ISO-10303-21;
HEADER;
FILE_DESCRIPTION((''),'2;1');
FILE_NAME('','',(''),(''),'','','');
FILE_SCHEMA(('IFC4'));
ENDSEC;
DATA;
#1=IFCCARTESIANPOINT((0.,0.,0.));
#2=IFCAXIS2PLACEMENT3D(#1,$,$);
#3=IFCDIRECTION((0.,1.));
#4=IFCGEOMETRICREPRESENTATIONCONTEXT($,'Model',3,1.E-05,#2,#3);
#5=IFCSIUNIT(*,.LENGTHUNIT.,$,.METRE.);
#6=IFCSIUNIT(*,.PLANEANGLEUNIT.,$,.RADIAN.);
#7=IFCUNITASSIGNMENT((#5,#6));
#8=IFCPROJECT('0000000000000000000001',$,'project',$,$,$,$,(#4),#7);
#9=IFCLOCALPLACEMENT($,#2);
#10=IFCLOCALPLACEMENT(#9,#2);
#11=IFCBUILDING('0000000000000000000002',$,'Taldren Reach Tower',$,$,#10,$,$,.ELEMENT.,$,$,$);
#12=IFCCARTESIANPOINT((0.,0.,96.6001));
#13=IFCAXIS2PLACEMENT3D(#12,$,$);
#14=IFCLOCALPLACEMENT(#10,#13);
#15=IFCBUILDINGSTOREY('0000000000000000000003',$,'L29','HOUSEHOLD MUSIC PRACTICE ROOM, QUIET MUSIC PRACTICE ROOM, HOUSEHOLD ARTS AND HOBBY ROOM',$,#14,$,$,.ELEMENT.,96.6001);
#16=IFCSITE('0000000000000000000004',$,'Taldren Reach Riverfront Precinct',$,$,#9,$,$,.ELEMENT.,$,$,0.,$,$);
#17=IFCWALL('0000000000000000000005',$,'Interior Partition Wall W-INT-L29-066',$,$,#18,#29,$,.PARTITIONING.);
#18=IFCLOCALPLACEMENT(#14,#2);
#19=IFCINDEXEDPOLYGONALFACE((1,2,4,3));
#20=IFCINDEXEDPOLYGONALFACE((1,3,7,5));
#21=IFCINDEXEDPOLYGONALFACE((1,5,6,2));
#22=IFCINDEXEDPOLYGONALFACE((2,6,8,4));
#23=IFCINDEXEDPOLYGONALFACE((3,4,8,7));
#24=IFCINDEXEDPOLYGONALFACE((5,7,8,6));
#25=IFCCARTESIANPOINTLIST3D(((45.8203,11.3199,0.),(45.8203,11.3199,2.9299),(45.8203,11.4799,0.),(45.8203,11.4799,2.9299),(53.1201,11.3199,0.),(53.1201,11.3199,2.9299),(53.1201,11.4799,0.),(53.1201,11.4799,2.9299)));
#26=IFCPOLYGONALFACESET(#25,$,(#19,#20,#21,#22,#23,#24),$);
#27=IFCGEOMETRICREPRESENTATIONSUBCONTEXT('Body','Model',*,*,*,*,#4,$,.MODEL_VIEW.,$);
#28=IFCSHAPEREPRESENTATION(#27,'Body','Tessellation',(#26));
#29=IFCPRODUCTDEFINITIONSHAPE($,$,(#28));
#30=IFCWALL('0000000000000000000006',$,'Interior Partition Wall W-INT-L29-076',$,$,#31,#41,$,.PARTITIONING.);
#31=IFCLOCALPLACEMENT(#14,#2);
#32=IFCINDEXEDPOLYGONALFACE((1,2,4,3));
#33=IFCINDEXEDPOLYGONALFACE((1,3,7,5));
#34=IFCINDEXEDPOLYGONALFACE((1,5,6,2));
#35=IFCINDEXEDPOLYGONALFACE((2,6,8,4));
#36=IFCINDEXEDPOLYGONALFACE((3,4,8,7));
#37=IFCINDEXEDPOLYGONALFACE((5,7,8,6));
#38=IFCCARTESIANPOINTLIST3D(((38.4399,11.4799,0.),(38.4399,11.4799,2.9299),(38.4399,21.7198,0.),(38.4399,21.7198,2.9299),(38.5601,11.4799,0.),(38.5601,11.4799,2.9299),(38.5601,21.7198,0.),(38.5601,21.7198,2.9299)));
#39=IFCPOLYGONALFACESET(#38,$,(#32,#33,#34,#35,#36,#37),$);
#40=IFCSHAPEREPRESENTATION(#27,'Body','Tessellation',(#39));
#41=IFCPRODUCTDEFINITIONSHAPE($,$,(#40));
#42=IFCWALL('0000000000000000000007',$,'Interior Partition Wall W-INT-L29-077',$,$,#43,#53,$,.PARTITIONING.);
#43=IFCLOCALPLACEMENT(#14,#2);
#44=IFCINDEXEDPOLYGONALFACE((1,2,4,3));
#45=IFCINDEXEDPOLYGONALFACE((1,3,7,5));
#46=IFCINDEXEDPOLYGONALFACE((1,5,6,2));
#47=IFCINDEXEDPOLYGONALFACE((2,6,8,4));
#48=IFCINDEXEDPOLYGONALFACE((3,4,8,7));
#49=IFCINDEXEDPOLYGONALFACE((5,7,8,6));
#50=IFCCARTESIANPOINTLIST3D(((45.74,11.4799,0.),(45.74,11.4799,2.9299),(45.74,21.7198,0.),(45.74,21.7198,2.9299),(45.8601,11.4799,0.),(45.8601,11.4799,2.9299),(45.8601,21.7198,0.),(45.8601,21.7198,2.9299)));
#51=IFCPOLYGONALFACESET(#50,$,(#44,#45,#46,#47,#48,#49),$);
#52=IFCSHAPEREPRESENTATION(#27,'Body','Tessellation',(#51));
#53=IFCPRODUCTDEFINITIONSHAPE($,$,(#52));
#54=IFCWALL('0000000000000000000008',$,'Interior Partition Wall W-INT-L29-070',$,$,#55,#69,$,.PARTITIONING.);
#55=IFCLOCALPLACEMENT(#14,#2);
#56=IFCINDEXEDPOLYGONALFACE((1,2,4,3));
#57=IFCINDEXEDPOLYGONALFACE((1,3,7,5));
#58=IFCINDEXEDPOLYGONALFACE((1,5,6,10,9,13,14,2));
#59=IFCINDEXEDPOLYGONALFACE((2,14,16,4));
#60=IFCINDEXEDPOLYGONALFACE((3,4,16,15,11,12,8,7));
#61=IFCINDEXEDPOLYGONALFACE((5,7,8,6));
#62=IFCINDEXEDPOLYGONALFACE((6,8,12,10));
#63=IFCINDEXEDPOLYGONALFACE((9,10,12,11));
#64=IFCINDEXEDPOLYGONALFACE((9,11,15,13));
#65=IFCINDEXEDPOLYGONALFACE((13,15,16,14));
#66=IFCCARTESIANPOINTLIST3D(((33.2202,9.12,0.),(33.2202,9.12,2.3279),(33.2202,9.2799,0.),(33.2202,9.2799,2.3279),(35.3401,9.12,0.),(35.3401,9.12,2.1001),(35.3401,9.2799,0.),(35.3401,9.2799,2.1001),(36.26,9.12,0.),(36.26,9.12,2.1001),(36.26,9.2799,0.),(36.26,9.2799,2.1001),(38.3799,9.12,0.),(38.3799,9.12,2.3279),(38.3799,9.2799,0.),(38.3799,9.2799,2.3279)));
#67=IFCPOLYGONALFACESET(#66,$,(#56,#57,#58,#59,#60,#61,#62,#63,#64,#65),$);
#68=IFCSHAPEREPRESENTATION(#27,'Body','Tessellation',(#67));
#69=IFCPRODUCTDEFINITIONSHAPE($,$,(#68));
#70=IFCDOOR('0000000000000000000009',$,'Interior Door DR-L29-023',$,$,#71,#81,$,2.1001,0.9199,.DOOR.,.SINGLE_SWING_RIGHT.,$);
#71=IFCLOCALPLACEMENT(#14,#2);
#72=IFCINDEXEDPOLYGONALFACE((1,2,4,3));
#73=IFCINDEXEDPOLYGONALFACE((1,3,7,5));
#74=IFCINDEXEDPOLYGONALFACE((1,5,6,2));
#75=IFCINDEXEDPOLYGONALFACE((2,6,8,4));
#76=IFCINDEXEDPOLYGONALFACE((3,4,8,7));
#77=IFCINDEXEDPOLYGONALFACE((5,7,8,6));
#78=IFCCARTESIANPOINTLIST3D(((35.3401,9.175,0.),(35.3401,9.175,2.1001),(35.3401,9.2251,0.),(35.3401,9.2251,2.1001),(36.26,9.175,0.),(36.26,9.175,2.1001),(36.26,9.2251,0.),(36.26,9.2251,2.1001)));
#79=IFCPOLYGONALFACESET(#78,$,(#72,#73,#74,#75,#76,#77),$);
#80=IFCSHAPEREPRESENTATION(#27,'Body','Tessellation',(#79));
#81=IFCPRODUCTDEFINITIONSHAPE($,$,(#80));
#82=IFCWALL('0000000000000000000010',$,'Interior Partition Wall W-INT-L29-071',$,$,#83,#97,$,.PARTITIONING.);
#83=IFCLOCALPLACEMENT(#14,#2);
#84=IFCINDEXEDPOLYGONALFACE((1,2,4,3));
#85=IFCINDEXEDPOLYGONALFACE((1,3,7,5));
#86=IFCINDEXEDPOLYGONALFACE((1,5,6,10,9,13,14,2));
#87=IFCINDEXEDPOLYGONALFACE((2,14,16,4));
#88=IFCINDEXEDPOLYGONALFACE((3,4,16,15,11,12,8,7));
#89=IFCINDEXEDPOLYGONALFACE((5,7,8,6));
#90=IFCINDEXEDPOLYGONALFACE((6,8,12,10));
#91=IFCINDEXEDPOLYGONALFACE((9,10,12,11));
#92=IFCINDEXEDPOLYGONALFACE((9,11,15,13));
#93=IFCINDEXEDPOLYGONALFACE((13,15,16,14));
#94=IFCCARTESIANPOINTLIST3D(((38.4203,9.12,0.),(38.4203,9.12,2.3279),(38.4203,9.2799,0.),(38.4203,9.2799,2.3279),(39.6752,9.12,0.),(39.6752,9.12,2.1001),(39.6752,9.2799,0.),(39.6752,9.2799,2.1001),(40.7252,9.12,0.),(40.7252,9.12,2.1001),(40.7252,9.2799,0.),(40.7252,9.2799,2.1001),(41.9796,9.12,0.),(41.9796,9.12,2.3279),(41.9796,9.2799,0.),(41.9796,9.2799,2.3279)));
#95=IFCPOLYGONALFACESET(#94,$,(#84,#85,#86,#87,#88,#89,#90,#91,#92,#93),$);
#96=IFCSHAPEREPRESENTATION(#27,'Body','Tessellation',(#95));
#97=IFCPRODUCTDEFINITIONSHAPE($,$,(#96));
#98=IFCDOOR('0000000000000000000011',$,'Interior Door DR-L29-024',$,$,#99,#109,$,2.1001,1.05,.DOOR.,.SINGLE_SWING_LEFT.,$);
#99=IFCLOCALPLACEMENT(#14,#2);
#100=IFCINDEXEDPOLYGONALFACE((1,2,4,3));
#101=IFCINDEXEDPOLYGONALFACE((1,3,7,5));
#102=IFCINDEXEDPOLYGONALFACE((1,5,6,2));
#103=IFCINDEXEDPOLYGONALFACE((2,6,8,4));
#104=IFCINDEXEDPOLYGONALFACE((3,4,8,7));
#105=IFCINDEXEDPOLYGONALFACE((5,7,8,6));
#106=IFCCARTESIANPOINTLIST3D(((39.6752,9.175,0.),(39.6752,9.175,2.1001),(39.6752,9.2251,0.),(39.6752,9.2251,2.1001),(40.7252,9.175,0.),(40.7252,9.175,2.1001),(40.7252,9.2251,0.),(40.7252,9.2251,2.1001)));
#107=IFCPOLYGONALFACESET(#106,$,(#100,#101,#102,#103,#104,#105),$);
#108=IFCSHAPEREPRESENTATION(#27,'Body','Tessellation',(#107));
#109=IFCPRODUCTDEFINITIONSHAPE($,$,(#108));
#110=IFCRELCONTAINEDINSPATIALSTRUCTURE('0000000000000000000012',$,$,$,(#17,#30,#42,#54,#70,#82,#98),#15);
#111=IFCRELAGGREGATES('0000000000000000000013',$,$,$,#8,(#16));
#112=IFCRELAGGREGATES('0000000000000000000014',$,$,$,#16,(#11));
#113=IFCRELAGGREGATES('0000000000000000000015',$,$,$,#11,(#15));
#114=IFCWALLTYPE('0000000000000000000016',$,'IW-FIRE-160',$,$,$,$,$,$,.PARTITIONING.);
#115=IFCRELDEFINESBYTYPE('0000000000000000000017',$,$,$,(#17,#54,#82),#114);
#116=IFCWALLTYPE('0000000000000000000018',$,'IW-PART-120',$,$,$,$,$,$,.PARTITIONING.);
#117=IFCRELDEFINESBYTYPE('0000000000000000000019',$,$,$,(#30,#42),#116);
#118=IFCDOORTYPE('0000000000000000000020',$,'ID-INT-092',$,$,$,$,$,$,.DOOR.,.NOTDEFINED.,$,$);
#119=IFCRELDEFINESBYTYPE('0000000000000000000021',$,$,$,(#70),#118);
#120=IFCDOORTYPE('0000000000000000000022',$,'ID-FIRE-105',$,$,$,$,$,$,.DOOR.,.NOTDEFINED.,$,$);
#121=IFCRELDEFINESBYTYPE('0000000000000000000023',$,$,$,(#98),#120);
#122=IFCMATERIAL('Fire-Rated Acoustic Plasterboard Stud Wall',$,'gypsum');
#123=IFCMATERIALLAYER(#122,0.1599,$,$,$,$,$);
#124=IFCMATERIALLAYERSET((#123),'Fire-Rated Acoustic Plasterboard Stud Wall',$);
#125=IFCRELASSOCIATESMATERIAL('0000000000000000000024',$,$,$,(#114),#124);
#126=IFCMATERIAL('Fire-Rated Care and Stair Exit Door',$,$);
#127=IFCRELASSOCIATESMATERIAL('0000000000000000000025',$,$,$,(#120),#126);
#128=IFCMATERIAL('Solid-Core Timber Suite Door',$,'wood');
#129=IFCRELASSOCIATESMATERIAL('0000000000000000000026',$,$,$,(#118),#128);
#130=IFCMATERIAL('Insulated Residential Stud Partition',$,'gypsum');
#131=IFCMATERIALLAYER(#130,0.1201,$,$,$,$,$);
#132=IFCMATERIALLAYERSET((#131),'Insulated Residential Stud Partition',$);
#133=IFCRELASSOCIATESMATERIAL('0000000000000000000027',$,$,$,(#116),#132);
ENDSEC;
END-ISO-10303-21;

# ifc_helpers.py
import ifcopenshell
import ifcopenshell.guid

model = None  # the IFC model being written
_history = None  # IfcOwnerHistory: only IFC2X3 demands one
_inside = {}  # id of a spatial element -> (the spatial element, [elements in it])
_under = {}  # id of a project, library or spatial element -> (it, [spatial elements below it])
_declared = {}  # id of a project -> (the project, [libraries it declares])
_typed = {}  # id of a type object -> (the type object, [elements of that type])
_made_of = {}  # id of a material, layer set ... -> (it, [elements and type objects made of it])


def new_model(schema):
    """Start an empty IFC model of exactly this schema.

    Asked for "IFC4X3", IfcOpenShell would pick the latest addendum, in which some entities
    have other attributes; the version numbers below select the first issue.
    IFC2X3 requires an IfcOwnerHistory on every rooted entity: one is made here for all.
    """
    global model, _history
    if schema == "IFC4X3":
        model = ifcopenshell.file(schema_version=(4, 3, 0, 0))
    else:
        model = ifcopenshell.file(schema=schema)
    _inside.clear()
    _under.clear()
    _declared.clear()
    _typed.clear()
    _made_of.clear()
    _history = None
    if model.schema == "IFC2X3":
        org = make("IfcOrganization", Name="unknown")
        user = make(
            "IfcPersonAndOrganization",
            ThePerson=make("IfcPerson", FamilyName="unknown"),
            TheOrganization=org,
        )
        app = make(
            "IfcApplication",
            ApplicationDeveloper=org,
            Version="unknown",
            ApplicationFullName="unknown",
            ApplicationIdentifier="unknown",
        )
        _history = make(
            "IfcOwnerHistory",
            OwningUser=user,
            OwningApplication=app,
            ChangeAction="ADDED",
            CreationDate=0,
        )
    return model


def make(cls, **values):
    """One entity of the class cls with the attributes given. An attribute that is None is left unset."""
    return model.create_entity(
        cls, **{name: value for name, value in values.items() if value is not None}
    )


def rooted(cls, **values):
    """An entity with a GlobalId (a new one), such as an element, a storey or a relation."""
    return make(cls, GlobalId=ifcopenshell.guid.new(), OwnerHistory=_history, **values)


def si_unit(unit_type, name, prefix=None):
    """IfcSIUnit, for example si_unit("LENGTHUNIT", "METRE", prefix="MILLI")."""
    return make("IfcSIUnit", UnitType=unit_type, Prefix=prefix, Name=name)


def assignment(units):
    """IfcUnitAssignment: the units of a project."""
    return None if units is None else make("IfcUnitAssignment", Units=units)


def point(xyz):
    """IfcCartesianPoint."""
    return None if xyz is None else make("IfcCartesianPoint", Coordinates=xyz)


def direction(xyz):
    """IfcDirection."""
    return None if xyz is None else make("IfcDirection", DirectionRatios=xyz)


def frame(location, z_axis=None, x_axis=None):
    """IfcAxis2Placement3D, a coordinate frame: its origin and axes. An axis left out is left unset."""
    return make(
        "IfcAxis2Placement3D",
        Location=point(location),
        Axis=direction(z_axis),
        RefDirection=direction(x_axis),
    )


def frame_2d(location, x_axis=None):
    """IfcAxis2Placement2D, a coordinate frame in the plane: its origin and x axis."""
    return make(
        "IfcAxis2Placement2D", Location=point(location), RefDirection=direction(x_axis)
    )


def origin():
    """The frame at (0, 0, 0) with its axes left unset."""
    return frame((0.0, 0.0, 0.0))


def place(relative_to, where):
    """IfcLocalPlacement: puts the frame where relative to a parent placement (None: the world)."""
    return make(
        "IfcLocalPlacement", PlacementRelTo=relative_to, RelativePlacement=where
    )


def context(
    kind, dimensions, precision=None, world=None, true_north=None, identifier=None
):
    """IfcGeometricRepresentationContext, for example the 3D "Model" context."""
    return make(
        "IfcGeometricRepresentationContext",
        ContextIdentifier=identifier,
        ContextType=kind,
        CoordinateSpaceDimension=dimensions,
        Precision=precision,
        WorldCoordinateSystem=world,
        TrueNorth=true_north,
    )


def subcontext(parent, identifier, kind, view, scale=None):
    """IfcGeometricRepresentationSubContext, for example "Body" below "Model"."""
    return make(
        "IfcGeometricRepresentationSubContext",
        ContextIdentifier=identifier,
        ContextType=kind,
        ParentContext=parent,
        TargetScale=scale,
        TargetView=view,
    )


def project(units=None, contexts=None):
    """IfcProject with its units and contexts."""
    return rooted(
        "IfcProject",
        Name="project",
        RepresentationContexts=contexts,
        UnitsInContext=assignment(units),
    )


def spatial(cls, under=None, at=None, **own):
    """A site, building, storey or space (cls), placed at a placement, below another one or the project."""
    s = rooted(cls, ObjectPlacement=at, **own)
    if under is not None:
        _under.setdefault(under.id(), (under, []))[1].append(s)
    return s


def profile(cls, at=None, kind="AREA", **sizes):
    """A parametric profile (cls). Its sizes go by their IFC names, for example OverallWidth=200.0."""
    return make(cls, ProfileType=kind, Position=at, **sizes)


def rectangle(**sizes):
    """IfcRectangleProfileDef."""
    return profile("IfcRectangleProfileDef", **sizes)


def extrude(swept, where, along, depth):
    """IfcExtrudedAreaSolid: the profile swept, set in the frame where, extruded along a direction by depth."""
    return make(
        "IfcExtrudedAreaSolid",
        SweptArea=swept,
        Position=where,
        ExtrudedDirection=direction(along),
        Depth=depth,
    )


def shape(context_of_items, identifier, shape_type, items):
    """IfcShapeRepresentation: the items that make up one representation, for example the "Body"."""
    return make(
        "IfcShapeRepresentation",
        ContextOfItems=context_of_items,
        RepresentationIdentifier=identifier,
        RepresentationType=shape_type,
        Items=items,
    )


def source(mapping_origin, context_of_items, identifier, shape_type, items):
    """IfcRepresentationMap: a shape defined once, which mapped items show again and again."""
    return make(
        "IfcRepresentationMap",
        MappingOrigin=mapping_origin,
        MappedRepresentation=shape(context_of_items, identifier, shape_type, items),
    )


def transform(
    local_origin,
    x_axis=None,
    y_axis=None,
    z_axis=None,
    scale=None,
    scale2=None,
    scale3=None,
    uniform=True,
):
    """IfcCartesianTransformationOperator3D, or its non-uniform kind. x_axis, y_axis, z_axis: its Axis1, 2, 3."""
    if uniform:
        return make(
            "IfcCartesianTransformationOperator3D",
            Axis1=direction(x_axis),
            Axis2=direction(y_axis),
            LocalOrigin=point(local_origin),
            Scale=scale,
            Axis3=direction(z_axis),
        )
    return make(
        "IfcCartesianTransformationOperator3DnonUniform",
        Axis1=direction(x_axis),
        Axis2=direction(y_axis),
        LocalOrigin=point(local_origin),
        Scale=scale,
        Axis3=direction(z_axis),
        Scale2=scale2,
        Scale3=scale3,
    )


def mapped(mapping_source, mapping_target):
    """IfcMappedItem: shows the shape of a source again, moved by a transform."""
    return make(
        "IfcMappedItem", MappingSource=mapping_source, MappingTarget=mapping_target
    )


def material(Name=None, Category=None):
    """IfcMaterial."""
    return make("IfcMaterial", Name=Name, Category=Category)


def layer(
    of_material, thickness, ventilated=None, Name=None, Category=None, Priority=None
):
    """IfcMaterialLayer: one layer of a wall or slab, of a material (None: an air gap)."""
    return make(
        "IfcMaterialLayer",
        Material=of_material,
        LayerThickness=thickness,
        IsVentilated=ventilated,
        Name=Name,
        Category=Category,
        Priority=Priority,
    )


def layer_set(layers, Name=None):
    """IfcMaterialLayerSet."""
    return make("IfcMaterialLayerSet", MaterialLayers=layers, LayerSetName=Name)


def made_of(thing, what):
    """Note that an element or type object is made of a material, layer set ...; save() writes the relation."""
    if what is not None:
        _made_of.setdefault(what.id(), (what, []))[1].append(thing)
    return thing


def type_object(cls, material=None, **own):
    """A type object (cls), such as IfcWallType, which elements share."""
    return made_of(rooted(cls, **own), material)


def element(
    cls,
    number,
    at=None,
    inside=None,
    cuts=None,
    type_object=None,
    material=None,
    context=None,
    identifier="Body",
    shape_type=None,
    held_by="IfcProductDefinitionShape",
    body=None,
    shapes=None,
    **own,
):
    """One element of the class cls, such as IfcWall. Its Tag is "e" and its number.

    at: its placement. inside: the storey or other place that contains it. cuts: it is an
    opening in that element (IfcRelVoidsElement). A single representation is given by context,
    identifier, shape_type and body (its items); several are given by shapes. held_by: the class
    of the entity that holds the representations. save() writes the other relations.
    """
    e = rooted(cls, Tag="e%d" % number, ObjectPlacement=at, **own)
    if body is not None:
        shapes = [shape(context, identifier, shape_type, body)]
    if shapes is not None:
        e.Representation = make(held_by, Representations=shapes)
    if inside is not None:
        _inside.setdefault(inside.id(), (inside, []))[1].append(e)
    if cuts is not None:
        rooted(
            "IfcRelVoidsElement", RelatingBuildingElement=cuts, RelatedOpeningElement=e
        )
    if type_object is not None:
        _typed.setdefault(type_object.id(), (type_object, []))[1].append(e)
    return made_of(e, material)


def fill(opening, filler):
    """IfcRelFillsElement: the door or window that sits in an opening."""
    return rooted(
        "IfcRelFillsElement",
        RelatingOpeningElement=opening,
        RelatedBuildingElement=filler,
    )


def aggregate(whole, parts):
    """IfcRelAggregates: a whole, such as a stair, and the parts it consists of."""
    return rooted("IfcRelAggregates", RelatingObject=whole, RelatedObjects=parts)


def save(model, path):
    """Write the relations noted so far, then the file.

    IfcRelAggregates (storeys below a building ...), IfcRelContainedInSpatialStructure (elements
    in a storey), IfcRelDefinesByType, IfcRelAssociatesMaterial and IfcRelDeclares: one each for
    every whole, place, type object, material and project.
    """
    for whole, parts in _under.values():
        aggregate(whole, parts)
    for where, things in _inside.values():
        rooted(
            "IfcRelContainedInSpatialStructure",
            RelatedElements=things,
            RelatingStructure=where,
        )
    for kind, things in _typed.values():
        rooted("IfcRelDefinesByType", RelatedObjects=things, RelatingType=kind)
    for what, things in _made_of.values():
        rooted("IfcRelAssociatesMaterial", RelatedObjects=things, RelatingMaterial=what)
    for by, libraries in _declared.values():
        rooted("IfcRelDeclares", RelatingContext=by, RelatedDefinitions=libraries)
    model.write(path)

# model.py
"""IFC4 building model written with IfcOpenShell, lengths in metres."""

from ifc_helpers import new_model, si_unit, direction, frame, frame_2d, origin, place, context, subcontext, project, spatial, rectangle, extrude, source, transform, mapped, material, layer, layer_set, type_object, element, fill, save


model = new_model("IFC4")

# Units and contexts
model_context = context("Model", 3, precision=1e-05, world=origin(), true_north=direction((0.0, 1.0)))
body_context = subcontext(model_context, "Body", "Model", "MODEL_VIEW")
ifc_project = project(units=[si_unit("LENGTHUNIT", "METRE"), si_unit("PLANEANGLEUNIT", "RADIAN")], contexts=[model_context])

# Site, building, storey
site_placement = place(None, origin())
site = spatial("IfcSite", under=ifc_project, at=site_placement, Name="Taldren Reach Riverfront Precinct", CompositionType="ELEMENT", RefElevation=0.0)
building_placement = place(site_placement, origin())
building = spatial("IfcBuilding", under=site, at=building_placement, Name="Taldren Reach Tower", CompositionType="ELEMENT")
storey_placement = place(building_placement, frame((0.0, 0.0, 96.6001)))
storey = spatial("IfcBuildingStorey", under=building, at=storey_placement, Name="L29", Description="HOUSEHOLD MUSIC PRACTICE ROOM, QUIET MUSIC PRACTICE ROOM, HOUSEHOLD ARTS AND HOBBY ROOM", CompositionType="ELEMENT", Elevation=96.6001)

# Shared definitions
ifc_material_1 = material(Name="Fire-Rated Acoustic Plasterboard Stud Wall", Category="gypsum")
ifc_layer_1 = layer(ifc_material_1, 0.1599)
ifc_layer_set_1 = layer_set([ifc_layer_1], Name="Fire-Rated Acoustic Plasterboard Stud Wall")
wall_type_1 = type_object("IfcWallType", Name="IW-FIRE-160", PredefinedType="PARTITIONING", material=ifc_layer_set_1)
shared_shape_1 = source(origin(), body_context, "Body", "SweptSolid", [
    extrude(rectangle(XDim=1.05, YDim=2.1001, at=frame_2d((0.5249, 1.05))), frame((0.0, 0.0898, 0.0), z_axis=(0.0, -1.0, 0.0), x_axis=(1.0, 0.0, 0.0)), (0.0, 0.0, 1.0), 0.1799),
])
ifc_material_2 = material(Name="Fire-Rated Care and Stair Exit Door")
door_type_1 = type_object("IfcDoorType", Name="ID-FIRE-105", OperationType="NOTDEFINED", PredefinedType="DOOR", material=ifc_material_2)
shared_shape_2 = source(origin(), body_context, "Body", "SweptSolid", [
    extrude(rectangle(XDim=1.05, YDim=2.1001, at=frame_2d((0.5249, 1.05))), frame((0.0, 0.0249, 0.0), z_axis=(0.0, -1.0, 0.0), x_axis=(1.0, 0.0, 0.0)), (0.0, 0.0, 1.0), 0.05),
])

# Shared definitions
shared_shape_3 = source(origin(), body_context, "Body", "SweptSolid", [
    extrude(rectangle(XDim=0.9199, YDim=2.1001, at=frame_2d((0.46, 1.05))), frame((0.0, 0.0898, 0.0), z_axis=(0.0, -1.0, 0.0), x_axis=(1.0, 0.0, 0.0)), (0.0, 0.0, 1.0), 0.1799),
])
ifc_material_3 = material(Name="Solid-Core Timber Suite Door", Category="wood")
door_type_2 = type_object("IfcDoorType", Name="ID-INT-092", OperationType="NOTDEFINED", PredefinedType="DOOR", material=ifc_material_3)
shared_shape_4 = source(origin(), body_context, "Body", "SweptSolid", [
    extrude(rectangle(XDim=0.9199, YDim=2.1001, at=frame_2d((0.46, 1.05))), frame((0.0, 0.0249, 0.0), z_axis=(0.0, -1.0, 0.0), x_axis=(1.0, 0.0, 0.0)), (0.0, 0.0, 1.0), 0.05),
])

# Walls
shared_shape_5 = source(origin(), body_context, "Body", "SweptSolid", [
    extrude(rectangle(XDim=7.2998, YDim=0.1599, at=frame_2d((3.6499, 0.0))), origin(), (0.0, 0.0, 1.0), 2.9299),
])
wall_1_placement = place(storey_placement, frame((45.8203, 11.3999, 0.0), z_axis=(0.0, 0.0, 1.0), x_axis=(1.0, 0.0, 0.0)))
element("IfcWall", 1, at=wall_1_placement, inside=storey, type_object=wall_type_1, Name="Interior Partition Wall W-INT-L29-066", PredefinedType="PARTITIONING", context=body_context, shape_type="MappedRepresentation", body=[
    mapped(shared_shape_5, transform((0.0, 0.0, 0.0), scale=1.0)),
])
ifc_material_4 = material(Name="Insulated Residential Stud Partition", Category="gypsum")
ifc_layer_2 = layer(ifc_material_4, 0.1201)
ifc_layer_set_2 = layer_set([ifc_layer_2], Name="Insulated Residential Stud Partition")
wall_type_2 = type_object("IfcWallType", Name="IW-PART-120", PredefinedType="PARTITIONING", material=ifc_layer_set_2)
shared_shape_6 = source(origin(), body_context, "Body", "SweptSolid", [
    extrude(rectangle(XDim=10.24, YDim=0.1201, at=frame_2d((5.1201, 0.0))), origin(), (0.0, 0.0, 1.0), 2.9299),
])
for number, where, z_axis, x_axis, name in (
    (2, (38.5, 21.72, 0.0), (0.0, 0.0, 1.0), (0.0, -1.0, 0.0), "Interior Partition Wall W-INT-L29-076"),
    (3, (45.8, 21.72, 0.0), (0.0, 0.0, 1.0), (0.0, -1.0, 0.0), "Interior Partition Wall W-INT-L29-077"),
):
    element("IfcWall", number, at=place(storey_placement, frame(where, z_axis=z_axis, x_axis=x_axis)), inside=storey, type_object=wall_type_2, Name=name, PredefinedType="PARTITIONING", context=body_context, shape_type="MappedRepresentation", body=[
        mapped(shared_shape_6, transform((0.0, 0.0, 0.0), scale=1.0)),
    ])

# Walls, openings, doors
shared_shape_7 = source(origin(), body_context, "Body", "SweptSolid", [
    extrude(rectangle(XDim=5.1597, YDim=0.1599, at=frame_2d((2.5798, 0.0))), origin(), (0.0, 0.0, 1.0), 2.3279),
])
wall_2_placement = place(storey_placement, frame((38.3799, 9.2, 0.0), z_axis=(0.0, 0.0, 1.0), x_axis=(-1.0, 0.0, 0.0)))
wall_2 = element("IfcWall", 4, at=wall_2_placement, inside=storey, type_object=wall_type_1, Name="Interior Partition Wall W-INT-L29-070", PredefinedType="PARTITIONING", context=body_context, shape_type="MappedRepresentation", body=[
    mapped(shared_shape_7, transform((0.0, 0.0, 0.0), scale=1.0)),
])
opening_1_placement = place(wall_2_placement, frame((2.1199, 0.0, 0.0)))
opening_1 = element("IfcOpeningElement", 5, at=opening_1_placement, cuts=wall_2, PredefinedType="OPENING", context=body_context, shape_type="MappedRepresentation", body=[
    mapped(shared_shape_3, transform((0.0, 0.0, 0.0), scale=1.0)),
])
door_1_placement = place(opening_1_placement, origin())
door_1 = element("IfcDoor", 6, at=door_1_placement, inside=storey, type_object=door_type_2, Name="Interior Door DR-L29-023", OperationType="SINGLE_SWING_RIGHT", OverallHeight=2.1001, OverallWidth=0.9199, PredefinedType="DOOR", context=body_context, shape_type="MappedRepresentation", body=[
    mapped(shared_shape_4, transform((0.0, 0.0, 0.0), scale=1.0)),
])
fill(opening_1, door_1)
shared_shape_8 = source(origin(), body_context, "Body", "SweptSolid", [
    extrude(rectangle(XDim=3.5593, YDim=0.1599, at=frame_2d((1.7798, 0.0))), origin(), (0.0, 0.0, 1.0), 2.3279),
])
wall_3_placement = place(storey_placement, frame((41.9797, 9.2, 0.0), z_axis=(0.0, 0.0, 1.0), x_axis=(-1.0, 0.0, 0.0)))
wall_3 = element("IfcWall", 7, at=wall_3_placement, inside=storey, type_object=wall_type_1, Name="Interior Partition Wall W-INT-L29-071", PredefinedType="PARTITIONING", context=body_context, shape_type="MappedRepresentation", body=[
    mapped(shared_shape_8, transform((0.0, 0.0, 0.0), scale=1.0)),
])
opening_2_placement = place(wall_3_placement, frame((1.2546, 0.0, 0.0)))
opening_2 = element("IfcOpeningElement", 8, at=opening_2_placement, cuts=wall_3, PredefinedType="OPENING", context=body_context, shape_type="MappedRepresentation", body=[
    mapped(shared_shape_1, transform((0.0, 0.0, 0.0), scale=1.0)),
])
door_2_placement = place(opening_2_placement, origin())
door_2 = element("IfcDoor", 9, at=door_2_placement, inside=storey, type_object=door_type_1, Name="Interior Door DR-L29-024", OperationType="SINGLE_SWING_LEFT", OverallHeight=2.1001, OverallWidth=1.05, PredefinedType="DOOR", context=body_context, shape_type="MappedRepresentation", body=[
    mapped(shared_shape_2, transform((0.0, 0.0, 0.0), scale=1.0)),
])
fill(opening_2, door_2)

save(model, "model.ifc")
